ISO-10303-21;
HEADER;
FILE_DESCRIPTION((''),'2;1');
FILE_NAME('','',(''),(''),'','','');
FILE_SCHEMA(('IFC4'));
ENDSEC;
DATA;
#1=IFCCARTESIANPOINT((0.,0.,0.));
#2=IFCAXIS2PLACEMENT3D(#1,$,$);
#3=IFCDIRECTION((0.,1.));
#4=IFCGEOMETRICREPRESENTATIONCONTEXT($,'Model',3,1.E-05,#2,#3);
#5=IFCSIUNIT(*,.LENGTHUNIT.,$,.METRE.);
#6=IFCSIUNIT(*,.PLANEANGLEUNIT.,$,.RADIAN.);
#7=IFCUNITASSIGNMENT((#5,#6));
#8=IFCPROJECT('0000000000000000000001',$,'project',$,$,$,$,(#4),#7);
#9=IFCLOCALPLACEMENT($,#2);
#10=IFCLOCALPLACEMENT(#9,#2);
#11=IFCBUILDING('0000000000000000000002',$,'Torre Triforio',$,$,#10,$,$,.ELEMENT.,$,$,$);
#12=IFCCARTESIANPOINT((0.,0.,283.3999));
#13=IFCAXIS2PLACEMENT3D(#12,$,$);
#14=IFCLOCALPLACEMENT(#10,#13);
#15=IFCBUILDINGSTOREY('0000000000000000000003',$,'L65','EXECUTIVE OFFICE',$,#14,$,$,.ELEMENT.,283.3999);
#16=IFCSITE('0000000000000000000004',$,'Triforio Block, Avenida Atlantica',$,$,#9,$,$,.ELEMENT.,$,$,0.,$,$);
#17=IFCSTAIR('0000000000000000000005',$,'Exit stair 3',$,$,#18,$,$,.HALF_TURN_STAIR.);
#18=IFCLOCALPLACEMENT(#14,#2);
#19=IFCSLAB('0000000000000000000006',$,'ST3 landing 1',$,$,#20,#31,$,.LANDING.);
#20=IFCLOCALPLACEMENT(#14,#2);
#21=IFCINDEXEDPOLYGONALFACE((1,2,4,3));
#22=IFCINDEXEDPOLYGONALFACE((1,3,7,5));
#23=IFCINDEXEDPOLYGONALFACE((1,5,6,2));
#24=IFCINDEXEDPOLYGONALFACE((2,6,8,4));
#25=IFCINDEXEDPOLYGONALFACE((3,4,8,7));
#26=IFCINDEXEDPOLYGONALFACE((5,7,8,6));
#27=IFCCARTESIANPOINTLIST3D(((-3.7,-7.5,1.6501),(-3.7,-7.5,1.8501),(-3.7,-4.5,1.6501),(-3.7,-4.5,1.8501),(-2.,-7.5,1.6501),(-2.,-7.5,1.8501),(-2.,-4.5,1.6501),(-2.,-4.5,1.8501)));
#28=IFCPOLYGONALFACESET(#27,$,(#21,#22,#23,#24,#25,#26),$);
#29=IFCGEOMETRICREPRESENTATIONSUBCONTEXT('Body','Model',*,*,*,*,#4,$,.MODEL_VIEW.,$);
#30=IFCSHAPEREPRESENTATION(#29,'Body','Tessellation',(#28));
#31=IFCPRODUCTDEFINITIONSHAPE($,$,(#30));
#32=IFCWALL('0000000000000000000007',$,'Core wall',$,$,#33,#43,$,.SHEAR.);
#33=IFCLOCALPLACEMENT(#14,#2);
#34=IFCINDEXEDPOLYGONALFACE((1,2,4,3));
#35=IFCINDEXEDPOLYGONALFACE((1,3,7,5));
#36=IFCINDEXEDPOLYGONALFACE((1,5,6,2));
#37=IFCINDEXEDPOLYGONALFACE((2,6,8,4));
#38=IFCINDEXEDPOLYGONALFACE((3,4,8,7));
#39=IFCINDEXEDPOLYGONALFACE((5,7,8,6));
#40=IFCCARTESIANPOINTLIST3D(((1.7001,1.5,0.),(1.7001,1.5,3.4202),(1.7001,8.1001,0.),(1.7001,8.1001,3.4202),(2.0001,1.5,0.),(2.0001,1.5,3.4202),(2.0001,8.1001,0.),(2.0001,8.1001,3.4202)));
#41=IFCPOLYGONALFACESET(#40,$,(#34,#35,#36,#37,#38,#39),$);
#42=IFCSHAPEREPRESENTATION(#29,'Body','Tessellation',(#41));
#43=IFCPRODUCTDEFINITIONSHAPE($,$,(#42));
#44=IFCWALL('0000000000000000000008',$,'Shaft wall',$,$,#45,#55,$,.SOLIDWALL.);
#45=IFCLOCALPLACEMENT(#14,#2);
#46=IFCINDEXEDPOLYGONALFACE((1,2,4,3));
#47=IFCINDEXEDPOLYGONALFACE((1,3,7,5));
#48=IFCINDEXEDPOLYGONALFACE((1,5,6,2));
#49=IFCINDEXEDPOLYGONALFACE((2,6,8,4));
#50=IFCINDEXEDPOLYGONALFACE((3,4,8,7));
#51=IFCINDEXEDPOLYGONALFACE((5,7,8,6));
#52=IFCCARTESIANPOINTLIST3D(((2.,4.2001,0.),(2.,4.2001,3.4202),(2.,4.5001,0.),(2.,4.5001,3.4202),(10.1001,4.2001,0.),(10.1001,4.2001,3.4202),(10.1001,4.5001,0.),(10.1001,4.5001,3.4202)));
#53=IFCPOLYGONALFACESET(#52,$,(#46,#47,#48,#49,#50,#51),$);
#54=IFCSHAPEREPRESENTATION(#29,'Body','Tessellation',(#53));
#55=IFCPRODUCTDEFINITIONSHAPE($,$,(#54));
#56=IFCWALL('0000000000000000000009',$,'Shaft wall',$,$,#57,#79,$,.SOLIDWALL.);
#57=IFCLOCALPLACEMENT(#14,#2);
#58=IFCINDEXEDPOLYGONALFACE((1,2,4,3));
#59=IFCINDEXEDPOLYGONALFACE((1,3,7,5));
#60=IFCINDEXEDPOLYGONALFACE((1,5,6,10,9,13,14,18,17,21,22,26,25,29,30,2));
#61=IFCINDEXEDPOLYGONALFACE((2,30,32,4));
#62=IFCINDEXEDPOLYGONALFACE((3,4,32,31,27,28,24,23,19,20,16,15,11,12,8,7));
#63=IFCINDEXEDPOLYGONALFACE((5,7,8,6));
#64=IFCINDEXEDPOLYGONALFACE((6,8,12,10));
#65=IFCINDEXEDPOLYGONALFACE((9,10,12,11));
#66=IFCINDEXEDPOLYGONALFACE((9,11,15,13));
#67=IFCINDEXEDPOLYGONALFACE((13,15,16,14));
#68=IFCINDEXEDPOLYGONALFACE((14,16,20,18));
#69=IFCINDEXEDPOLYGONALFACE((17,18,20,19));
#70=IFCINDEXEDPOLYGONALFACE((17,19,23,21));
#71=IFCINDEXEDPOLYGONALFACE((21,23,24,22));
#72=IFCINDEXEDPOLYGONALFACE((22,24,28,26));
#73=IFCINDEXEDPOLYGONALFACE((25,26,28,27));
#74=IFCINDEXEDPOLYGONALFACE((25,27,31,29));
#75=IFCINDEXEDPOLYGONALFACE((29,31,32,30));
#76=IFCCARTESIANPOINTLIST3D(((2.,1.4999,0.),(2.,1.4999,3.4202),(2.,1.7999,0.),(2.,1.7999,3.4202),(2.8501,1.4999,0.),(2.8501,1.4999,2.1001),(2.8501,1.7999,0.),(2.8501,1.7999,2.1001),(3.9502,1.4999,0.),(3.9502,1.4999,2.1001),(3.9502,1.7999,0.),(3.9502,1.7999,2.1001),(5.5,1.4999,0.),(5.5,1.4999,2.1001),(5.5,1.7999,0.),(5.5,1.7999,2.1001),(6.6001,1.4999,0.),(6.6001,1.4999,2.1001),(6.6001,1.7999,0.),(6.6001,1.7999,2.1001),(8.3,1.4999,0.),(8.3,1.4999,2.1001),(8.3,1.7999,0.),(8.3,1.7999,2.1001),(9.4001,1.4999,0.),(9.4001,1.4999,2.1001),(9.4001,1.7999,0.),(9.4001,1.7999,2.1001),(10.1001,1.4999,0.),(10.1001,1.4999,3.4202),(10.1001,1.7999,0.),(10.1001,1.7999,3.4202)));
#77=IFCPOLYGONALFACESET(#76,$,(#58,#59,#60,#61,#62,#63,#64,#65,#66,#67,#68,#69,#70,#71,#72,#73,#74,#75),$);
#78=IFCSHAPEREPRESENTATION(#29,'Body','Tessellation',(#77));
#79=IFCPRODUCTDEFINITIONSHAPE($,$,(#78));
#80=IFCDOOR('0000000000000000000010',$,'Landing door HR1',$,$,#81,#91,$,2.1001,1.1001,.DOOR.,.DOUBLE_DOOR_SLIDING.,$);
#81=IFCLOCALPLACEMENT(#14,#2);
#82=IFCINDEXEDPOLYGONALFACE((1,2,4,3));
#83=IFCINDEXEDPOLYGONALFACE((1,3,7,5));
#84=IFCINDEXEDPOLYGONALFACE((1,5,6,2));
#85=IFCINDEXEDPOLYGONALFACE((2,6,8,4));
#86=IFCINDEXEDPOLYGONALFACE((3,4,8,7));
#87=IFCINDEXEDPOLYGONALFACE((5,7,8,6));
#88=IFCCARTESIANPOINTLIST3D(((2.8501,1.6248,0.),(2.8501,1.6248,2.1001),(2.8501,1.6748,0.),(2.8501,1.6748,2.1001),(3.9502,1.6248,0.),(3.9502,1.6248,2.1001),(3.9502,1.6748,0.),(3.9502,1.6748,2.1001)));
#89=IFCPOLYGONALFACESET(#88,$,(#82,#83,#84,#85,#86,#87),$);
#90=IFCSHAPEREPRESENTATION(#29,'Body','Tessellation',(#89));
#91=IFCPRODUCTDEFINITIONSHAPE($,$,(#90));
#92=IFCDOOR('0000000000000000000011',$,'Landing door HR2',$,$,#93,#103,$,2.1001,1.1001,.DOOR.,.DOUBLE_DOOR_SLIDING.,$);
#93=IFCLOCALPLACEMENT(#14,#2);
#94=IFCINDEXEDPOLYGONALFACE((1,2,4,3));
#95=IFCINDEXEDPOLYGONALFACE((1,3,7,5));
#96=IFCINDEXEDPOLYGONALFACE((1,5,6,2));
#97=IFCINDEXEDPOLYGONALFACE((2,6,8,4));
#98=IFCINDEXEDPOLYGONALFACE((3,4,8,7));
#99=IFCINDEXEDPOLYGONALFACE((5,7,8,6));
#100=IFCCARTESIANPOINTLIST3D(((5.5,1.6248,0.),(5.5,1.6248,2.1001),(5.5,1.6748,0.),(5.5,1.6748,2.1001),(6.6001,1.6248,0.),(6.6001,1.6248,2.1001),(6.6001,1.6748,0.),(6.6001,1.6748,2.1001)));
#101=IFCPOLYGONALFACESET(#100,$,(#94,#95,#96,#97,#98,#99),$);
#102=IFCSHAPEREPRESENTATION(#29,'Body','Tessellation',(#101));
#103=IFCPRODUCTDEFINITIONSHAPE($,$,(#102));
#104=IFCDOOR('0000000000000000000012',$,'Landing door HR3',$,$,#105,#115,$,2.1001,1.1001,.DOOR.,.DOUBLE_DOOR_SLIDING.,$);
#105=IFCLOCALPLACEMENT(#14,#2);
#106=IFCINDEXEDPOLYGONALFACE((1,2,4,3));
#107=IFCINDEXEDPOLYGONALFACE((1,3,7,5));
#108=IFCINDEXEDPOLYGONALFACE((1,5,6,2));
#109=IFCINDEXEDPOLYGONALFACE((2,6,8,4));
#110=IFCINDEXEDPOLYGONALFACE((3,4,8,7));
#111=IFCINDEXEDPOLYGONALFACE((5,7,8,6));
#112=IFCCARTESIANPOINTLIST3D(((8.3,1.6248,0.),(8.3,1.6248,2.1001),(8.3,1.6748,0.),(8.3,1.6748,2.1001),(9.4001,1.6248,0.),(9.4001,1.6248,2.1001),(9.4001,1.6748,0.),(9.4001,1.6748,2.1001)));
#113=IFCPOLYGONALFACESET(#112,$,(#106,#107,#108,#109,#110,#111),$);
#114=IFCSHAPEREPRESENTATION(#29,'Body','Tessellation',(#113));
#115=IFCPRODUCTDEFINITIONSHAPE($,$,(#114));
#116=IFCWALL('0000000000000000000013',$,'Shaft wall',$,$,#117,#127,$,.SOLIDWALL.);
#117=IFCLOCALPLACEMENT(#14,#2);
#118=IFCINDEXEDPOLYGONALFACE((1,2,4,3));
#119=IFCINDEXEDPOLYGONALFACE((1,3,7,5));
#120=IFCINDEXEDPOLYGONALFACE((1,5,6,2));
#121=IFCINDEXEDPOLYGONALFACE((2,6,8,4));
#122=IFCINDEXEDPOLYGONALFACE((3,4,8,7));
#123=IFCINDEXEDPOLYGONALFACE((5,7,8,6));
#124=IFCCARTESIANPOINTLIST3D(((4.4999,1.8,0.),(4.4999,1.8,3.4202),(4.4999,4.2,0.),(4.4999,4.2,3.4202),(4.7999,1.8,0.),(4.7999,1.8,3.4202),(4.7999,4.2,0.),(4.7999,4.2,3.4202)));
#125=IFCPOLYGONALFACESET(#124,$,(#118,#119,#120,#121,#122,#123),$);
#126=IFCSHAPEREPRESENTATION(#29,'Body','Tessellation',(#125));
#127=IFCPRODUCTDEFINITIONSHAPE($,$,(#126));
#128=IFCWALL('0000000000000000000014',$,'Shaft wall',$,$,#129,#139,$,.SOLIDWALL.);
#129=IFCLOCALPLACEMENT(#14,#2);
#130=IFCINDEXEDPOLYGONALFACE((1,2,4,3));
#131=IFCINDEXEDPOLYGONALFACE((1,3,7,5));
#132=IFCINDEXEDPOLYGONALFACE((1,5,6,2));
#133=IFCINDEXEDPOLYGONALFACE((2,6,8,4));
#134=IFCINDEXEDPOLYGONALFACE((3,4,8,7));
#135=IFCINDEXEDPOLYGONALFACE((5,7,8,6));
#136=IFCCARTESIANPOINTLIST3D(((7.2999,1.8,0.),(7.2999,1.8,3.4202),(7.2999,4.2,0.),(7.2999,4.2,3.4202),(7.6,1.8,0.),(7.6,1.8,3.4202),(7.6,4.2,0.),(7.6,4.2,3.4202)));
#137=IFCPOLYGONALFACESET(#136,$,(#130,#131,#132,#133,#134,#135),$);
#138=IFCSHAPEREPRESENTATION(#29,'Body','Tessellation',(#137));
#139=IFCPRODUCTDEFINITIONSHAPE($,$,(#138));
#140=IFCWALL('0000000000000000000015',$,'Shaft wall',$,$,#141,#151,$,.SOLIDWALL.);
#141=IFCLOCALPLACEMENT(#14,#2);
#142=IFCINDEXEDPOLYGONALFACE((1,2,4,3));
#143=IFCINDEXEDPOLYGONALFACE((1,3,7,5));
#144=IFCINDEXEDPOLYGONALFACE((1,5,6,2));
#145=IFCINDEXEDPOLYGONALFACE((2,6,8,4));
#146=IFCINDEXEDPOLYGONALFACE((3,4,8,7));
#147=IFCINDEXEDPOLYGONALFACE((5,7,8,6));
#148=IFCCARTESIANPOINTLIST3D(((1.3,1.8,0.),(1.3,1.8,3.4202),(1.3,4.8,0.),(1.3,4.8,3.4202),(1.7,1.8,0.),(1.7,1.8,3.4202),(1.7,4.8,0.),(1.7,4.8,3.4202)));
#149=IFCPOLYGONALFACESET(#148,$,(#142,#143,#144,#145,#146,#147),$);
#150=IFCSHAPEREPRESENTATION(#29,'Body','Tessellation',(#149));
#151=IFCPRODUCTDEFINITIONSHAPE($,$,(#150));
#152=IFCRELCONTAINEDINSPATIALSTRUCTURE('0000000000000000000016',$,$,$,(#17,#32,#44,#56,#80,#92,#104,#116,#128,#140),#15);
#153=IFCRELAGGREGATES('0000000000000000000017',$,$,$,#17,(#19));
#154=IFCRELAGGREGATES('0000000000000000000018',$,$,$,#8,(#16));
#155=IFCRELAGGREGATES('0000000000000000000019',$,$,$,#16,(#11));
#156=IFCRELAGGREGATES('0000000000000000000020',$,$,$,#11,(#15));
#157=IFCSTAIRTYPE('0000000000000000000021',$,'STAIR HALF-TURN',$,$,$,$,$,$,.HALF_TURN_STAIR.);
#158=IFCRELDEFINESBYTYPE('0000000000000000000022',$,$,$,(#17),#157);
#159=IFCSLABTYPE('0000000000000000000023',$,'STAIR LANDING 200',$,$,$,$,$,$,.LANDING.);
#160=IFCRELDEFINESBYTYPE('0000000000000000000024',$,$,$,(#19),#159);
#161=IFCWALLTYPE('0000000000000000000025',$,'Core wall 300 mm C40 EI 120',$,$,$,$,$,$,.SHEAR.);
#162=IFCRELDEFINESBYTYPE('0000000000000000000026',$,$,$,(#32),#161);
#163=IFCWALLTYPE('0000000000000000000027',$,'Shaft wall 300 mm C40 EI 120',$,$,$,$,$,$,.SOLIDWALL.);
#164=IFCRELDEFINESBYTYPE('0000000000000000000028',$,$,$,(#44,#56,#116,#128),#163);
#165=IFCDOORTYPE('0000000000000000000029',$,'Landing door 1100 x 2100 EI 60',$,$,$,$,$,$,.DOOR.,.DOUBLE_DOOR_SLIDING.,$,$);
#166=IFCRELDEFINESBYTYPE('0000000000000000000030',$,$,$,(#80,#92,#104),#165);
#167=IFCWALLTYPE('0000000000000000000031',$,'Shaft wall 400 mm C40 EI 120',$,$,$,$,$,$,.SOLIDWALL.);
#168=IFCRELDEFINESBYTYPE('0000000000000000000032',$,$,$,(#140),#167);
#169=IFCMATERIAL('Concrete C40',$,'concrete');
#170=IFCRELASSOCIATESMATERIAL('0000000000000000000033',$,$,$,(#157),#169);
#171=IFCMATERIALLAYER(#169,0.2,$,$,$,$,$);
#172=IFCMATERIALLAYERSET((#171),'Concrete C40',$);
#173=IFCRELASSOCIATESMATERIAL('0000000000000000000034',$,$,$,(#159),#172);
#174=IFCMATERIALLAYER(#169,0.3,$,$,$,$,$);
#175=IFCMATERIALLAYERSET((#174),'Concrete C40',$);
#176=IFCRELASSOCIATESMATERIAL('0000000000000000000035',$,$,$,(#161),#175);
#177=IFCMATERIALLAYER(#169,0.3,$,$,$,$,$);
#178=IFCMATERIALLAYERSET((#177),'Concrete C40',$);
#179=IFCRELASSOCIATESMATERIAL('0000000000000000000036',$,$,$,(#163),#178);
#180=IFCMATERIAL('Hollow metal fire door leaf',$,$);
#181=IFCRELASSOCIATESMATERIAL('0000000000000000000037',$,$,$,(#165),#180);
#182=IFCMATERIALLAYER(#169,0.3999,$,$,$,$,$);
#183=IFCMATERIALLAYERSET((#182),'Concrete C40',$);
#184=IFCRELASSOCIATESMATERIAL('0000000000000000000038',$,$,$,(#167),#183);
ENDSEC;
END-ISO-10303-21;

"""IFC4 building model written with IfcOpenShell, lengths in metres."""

from ifc_helpers import new_model, si_unit, direction, frame, frame_2d, origin, place, context, subcontext, project, spatial, polyline, rectangle, outline, extrude, material, layer, layer_set, type_object, element, fill, aggregate, save


model = new_model("IFC4")

# Units and contexts
model_context = context("Model", 3, precision=1e-05, world=origin(), true_north=direction((0.0, 1.0)))
body_context = subcontext(model_context, "Body", "Model", "MODEL_VIEW")
ifc_project = project(units=[si_unit("LENGTHUNIT", "METRE"), si_unit("PLANEANGLEUNIT", "RADIAN")], contexts=[model_context])

# Site, building, storey
site_placement = place(None, origin())
site = spatial("IfcSite", under=ifc_project, at=site_placement, Name="Triforio Block, Avenida Atlantica", CompositionType="ELEMENT", RefElevation=0.0)
building_placement = place(site_placement, origin())
building = spatial("IfcBuilding", under=site, at=building_placement, Name="Torre Triforio", CompositionType="ELEMENT")
storey_placement = place(building_placement, frame((0.0, 0.0, 283.3999)))
storey = spatial("IfcBuildingStorey", under=building, at=storey_placement, Name="L65", Description="EXECUTIVE OFFICE", CompositionType="ELEMENT", Elevation=283.3999)

# Stair, slab
ifc_material_1 = material(Name="Concrete C40", Category="concrete")
stair_type = type_object("IfcStairType", Name="STAIR HALF-TURN", PredefinedType="HALF_TURN_STAIR", material=ifc_material_1)
stair_1_placement = place(storey_placement, origin())
stair_1 = element("IfcStair", 1, at=stair_1_placement, inside=storey, type_object=stair_type, Name="Exit stair 3", PredefinedType="HALF_TURN_STAIR")
ifc_layer_1 = layer(ifc_material_1, 0.2)
ifc_layer_set_1 = layer_set([ifc_layer_1], Name="Concrete C40")
slab_type = type_object("IfcSlabType", Name="STAIR LANDING 200", PredefinedType="LANDING", material=ifc_layer_set_1)
slab_placement = place(storey_placement, frame((0.0, 0.0, 1.6501)))
slab = element("IfcSlab", 2, at=slab_placement, type_object=slab_type, Name="ST3 landing 1", PredefinedType="LANDING", context=body_context, shape_type="SweptSolid", body=[
    extrude(outline(polyline([(-2.0, -7.5), (-2.0, -4.5), (-3.7, -4.5), (-3.7, -7.5), (-2.0, -7.5)])), origin(), (0.0, 0.0, 1.0), 0.2),
])
aggregate(stair_1, [slab])

# Walls
ifc_layer_2 = layer(ifc_material_1, 0.3)
ifc_layer_set_2 = layer_set([ifc_layer_2], Name="Concrete C40")
wall_type_1 = type_object("IfcWallType", Name="Core wall 300 mm C40 EI 120", PredefinedType="SHEAR", material=ifc_layer_set_2)
wall_1_placement = place(storey_placement, frame((1.8501, 1.5, 0.0), z_axis=(0.0, 0.0, 1.0), x_axis=(0.0, 1.0, 0.0)))
element("IfcWall", 3, at=wall_1_placement, inside=storey, type_object=wall_type_1, Name="Core wall", PredefinedType="SHEAR", context=body_context, shape_type="SweptSolid", body=[
    extrude(rectangle(XDim=6.6001, YDim=0.3, at=frame_2d((3.3, 0.0))), origin(), (0.0, 0.0, 1.0), 3.4202),
])
ifc_layer_3 = layer(ifc_material_1, 0.3)
ifc_layer_set_3 = layer_set([ifc_layer_3], Name="Concrete C40")
wall_type_2 = type_object("IfcWallType", Name="Shaft wall 300 mm C40 EI 120", PredefinedType="SOLIDWALL", material=ifc_layer_set_3)
wall_2_placement = place(storey_placement, frame((2.0, 4.3501, 0.0), z_axis=(0.0, 0.0, 1.0), x_axis=(1.0, 0.0, 0.0)))
element("IfcWall", 4, at=wall_2_placement, inside=storey, type_object=wall_type_2, Name="Shaft wall", PredefinedType="SOLIDWALL", context=body_context, shape_type="SweptSolid", body=[
    extrude(rectangle(XDim=8.1001, YDim=0.3, at=frame_2d((4.05, 0.0))), origin(), (0.0, 0.0, 1.0), 3.4202),
])

# Wall, openings, doors
wall_3_placement = place(storey_placement, frame((2.0, 1.6499, 0.0), z_axis=(0.0, 0.0, 1.0), x_axis=(1.0, 0.0, 0.0)))
wall_3 = element("IfcWall", 5, at=wall_3_placement, inside=storey, type_object=wall_type_2, Name="Shaft wall", PredefinedType="SOLIDWALL", context=body_context, shape_type="SweptSolid", body=[
    extrude(rectangle(XDim=8.1001, YDim=0.3, at=frame_2d((4.05, 0.0))), origin(), (0.0, 0.0, 1.0), 3.4202),
])
opening_1_placement = place(wall_3_placement, frame((0.8501, 0.0, 0.0)))
opening_1 = element("IfcOpeningElement", 6, at=opening_1_placement, cuts=wall_3, PredefinedType="OPENING", context=body_context, shape_type="SweptSolid", body=[
    extrude(rectangle(XDim=1.1001, YDim=2.1001, at=frame_2d((0.55, 1.05))), frame((0.0, 0.1599, 0.0), z_axis=(0.0, -1.0, 0.0), x_axis=(1.0, 0.0, 0.0)), (0.0, 0.0, 1.0), 0.3201),
])
opening_2_placement = place(wall_3_placement, frame((3.5, 0.0, 0.0)))
opening_2 = element("IfcOpeningElement", 7, at=opening_2_placement, cuts=wall_3, PredefinedType="OPENING", context=body_context, shape_type="SweptSolid", body=[
    extrude(rectangle(XDim=1.1001, YDim=2.1001, at=frame_2d((0.55, 1.05))), frame((0.0, 0.1599, 0.0), z_axis=(0.0, -1.0, 0.0), x_axis=(1.0, 0.0, 0.0)), (0.0, 0.0, 1.0), 0.3201),
])
opening_3_placement = place(wall_3_placement, frame((6.3, 0.0, 0.0)))
opening_3 = element("IfcOpeningElement", 8, at=opening_3_placement, cuts=wall_3, PredefinedType="OPENING", context=body_context, shape_type="SweptSolid", body=[
    extrude(rectangle(XDim=1.1001, YDim=2.1001, at=frame_2d((0.55, 1.05))), frame((0.0, 0.1599, 0.0), z_axis=(0.0, -1.0, 0.0), x_axis=(1.0, 0.0, 0.0)), (0.0, 0.0, 1.0), 0.3201),
])
ifc_material_2 = material(Name="Hollow metal fire door leaf")
door_type_1 = type_object("IfcDoorType", Name="Landing door 1100 x 2100 EI 60", OperationType="DOUBLE_DOOR_SLIDING", PredefinedType="DOOR", material=ifc_material_2)
door_1_placement = place(opening_1_placement, origin())
door_1 = element("IfcDoor", 9, at=door_1_placement, inside=storey, type_object=door_type_1, Name="Landing door HR1", OperationType="DOUBLE_DOOR_SLIDING", OverallHeight=2.1001, OverallWidth=1.1001, PredefinedType="DOOR", context=body_context, shape_type="SweptSolid", body=[
    extrude(rectangle(XDim=1.1001, YDim=2.1001, at=frame_2d((0.55, 1.05))), frame((0.0, 0.0249, 0.0), z_axis=(0.0, -1.0, 0.0), x_axis=(1.0, 0.0, 0.0)), (0.0, 0.0, 1.0), 0.05),
])
fill(opening_1, door_1)
door_2_placement = place(opening_2_placement, origin())
door_2 = element("IfcDoor", 10, at=door_2_placement, inside=storey, type_object=door_type_1, Name="Landing door HR2", OperationType="DOUBLE_DOOR_SLIDING", OverallHeight=2.1001, OverallWidth=1.1001, PredefinedType="DOOR", context=body_context, shape_type="SweptSolid", body=[
    extrude(rectangle(XDim=1.1001, YDim=2.1001, at=frame_2d((0.55, 1.05))), frame((0.0, 0.0249, 0.0), z_axis=(0.0, -1.0, 0.0), x_axis=(1.0, 0.0, 0.0)), (0.0, 0.0, 1.0), 0.05),
])
fill(opening_2, door_2)
door_3_placement = place(opening_3_placement, origin())
door_3 = element("IfcDoor", 11, at=door_3_placement, inside=storey, type_object=door_type_1, Name="Landing door HR3", OperationType="DOUBLE_DOOR_SLIDING", OverallHeight=2.1001, OverallWidth=1.1001, PredefinedType="DOOR", context=body_context, shape_type="SweptSolid", body=[
    extrude(rectangle(XDim=1.1001, YDim=2.1001, at=frame_2d((0.55, 1.05))), frame((0.0, 0.0249, 0.0), z_axis=(0.0, -1.0, 0.0), x_axis=(1.0, 0.0, 0.0)), (0.0, 0.0, 1.0), 0.05),
])
fill(opening_3, door_3)

# Walls
for number, where, z_axis, x_axis, name in (
    (12, (4.6499, 1.8, 0.0), (0.0, 0.0, 1.0), (0.0, 1.0, 0.0), "Shaft wall"),
    (13, (7.45, 1.8, 0.0), (0.0, 0.0, 1.0), (0.0, 1.0, 0.0), "Shaft wall"),
):
    element("IfcWall", number, at=place(storey_placement, frame(where, z_axis=z_axis, x_axis=x_axis)), inside=storey, type_object=wall_type_2, Name=name, PredefinedType="SOLIDWALL", context=body_context, shape_type="SweptSolid", body=[
        extrude(rectangle(XDim=2.3999, YDim=0.3, at=frame_2d((1.2, 0.0))), origin(), (0.0, 0.0, 1.0), 3.4202),
    ])
ifc_layer_4 = layer(ifc_material_1, 0.3999)
ifc_layer_set_4 = layer_set([ifc_layer_4], Name="Concrete C40")
wall_type_3 = type_object("IfcWallType", Name="Shaft wall 400 mm C40 EI 120", PredefinedType="SOLIDWALL", material=ifc_layer_set_4)
wall_4_placement = place(storey_placement, frame((1.5, 1.8, 0.0), z_axis=(0.0, 0.0, 1.0), x_axis=(0.0, 1.0, 0.0)))
element("IfcWall", 14, at=wall_4_placement, inside=storey, type_object=wall_type_3, Name="Shaft wall", PredefinedType="SOLIDWALL", context=body_context, shape_type="SweptSolid", body=[
    extrude(rectangle(XDim=3.0, YDim=0.3999, at=frame_2d((1.5, 0.0))), origin(), (0.0, 0.0, 1.0), 3.4202),
])

save(model, "model.ifc")
